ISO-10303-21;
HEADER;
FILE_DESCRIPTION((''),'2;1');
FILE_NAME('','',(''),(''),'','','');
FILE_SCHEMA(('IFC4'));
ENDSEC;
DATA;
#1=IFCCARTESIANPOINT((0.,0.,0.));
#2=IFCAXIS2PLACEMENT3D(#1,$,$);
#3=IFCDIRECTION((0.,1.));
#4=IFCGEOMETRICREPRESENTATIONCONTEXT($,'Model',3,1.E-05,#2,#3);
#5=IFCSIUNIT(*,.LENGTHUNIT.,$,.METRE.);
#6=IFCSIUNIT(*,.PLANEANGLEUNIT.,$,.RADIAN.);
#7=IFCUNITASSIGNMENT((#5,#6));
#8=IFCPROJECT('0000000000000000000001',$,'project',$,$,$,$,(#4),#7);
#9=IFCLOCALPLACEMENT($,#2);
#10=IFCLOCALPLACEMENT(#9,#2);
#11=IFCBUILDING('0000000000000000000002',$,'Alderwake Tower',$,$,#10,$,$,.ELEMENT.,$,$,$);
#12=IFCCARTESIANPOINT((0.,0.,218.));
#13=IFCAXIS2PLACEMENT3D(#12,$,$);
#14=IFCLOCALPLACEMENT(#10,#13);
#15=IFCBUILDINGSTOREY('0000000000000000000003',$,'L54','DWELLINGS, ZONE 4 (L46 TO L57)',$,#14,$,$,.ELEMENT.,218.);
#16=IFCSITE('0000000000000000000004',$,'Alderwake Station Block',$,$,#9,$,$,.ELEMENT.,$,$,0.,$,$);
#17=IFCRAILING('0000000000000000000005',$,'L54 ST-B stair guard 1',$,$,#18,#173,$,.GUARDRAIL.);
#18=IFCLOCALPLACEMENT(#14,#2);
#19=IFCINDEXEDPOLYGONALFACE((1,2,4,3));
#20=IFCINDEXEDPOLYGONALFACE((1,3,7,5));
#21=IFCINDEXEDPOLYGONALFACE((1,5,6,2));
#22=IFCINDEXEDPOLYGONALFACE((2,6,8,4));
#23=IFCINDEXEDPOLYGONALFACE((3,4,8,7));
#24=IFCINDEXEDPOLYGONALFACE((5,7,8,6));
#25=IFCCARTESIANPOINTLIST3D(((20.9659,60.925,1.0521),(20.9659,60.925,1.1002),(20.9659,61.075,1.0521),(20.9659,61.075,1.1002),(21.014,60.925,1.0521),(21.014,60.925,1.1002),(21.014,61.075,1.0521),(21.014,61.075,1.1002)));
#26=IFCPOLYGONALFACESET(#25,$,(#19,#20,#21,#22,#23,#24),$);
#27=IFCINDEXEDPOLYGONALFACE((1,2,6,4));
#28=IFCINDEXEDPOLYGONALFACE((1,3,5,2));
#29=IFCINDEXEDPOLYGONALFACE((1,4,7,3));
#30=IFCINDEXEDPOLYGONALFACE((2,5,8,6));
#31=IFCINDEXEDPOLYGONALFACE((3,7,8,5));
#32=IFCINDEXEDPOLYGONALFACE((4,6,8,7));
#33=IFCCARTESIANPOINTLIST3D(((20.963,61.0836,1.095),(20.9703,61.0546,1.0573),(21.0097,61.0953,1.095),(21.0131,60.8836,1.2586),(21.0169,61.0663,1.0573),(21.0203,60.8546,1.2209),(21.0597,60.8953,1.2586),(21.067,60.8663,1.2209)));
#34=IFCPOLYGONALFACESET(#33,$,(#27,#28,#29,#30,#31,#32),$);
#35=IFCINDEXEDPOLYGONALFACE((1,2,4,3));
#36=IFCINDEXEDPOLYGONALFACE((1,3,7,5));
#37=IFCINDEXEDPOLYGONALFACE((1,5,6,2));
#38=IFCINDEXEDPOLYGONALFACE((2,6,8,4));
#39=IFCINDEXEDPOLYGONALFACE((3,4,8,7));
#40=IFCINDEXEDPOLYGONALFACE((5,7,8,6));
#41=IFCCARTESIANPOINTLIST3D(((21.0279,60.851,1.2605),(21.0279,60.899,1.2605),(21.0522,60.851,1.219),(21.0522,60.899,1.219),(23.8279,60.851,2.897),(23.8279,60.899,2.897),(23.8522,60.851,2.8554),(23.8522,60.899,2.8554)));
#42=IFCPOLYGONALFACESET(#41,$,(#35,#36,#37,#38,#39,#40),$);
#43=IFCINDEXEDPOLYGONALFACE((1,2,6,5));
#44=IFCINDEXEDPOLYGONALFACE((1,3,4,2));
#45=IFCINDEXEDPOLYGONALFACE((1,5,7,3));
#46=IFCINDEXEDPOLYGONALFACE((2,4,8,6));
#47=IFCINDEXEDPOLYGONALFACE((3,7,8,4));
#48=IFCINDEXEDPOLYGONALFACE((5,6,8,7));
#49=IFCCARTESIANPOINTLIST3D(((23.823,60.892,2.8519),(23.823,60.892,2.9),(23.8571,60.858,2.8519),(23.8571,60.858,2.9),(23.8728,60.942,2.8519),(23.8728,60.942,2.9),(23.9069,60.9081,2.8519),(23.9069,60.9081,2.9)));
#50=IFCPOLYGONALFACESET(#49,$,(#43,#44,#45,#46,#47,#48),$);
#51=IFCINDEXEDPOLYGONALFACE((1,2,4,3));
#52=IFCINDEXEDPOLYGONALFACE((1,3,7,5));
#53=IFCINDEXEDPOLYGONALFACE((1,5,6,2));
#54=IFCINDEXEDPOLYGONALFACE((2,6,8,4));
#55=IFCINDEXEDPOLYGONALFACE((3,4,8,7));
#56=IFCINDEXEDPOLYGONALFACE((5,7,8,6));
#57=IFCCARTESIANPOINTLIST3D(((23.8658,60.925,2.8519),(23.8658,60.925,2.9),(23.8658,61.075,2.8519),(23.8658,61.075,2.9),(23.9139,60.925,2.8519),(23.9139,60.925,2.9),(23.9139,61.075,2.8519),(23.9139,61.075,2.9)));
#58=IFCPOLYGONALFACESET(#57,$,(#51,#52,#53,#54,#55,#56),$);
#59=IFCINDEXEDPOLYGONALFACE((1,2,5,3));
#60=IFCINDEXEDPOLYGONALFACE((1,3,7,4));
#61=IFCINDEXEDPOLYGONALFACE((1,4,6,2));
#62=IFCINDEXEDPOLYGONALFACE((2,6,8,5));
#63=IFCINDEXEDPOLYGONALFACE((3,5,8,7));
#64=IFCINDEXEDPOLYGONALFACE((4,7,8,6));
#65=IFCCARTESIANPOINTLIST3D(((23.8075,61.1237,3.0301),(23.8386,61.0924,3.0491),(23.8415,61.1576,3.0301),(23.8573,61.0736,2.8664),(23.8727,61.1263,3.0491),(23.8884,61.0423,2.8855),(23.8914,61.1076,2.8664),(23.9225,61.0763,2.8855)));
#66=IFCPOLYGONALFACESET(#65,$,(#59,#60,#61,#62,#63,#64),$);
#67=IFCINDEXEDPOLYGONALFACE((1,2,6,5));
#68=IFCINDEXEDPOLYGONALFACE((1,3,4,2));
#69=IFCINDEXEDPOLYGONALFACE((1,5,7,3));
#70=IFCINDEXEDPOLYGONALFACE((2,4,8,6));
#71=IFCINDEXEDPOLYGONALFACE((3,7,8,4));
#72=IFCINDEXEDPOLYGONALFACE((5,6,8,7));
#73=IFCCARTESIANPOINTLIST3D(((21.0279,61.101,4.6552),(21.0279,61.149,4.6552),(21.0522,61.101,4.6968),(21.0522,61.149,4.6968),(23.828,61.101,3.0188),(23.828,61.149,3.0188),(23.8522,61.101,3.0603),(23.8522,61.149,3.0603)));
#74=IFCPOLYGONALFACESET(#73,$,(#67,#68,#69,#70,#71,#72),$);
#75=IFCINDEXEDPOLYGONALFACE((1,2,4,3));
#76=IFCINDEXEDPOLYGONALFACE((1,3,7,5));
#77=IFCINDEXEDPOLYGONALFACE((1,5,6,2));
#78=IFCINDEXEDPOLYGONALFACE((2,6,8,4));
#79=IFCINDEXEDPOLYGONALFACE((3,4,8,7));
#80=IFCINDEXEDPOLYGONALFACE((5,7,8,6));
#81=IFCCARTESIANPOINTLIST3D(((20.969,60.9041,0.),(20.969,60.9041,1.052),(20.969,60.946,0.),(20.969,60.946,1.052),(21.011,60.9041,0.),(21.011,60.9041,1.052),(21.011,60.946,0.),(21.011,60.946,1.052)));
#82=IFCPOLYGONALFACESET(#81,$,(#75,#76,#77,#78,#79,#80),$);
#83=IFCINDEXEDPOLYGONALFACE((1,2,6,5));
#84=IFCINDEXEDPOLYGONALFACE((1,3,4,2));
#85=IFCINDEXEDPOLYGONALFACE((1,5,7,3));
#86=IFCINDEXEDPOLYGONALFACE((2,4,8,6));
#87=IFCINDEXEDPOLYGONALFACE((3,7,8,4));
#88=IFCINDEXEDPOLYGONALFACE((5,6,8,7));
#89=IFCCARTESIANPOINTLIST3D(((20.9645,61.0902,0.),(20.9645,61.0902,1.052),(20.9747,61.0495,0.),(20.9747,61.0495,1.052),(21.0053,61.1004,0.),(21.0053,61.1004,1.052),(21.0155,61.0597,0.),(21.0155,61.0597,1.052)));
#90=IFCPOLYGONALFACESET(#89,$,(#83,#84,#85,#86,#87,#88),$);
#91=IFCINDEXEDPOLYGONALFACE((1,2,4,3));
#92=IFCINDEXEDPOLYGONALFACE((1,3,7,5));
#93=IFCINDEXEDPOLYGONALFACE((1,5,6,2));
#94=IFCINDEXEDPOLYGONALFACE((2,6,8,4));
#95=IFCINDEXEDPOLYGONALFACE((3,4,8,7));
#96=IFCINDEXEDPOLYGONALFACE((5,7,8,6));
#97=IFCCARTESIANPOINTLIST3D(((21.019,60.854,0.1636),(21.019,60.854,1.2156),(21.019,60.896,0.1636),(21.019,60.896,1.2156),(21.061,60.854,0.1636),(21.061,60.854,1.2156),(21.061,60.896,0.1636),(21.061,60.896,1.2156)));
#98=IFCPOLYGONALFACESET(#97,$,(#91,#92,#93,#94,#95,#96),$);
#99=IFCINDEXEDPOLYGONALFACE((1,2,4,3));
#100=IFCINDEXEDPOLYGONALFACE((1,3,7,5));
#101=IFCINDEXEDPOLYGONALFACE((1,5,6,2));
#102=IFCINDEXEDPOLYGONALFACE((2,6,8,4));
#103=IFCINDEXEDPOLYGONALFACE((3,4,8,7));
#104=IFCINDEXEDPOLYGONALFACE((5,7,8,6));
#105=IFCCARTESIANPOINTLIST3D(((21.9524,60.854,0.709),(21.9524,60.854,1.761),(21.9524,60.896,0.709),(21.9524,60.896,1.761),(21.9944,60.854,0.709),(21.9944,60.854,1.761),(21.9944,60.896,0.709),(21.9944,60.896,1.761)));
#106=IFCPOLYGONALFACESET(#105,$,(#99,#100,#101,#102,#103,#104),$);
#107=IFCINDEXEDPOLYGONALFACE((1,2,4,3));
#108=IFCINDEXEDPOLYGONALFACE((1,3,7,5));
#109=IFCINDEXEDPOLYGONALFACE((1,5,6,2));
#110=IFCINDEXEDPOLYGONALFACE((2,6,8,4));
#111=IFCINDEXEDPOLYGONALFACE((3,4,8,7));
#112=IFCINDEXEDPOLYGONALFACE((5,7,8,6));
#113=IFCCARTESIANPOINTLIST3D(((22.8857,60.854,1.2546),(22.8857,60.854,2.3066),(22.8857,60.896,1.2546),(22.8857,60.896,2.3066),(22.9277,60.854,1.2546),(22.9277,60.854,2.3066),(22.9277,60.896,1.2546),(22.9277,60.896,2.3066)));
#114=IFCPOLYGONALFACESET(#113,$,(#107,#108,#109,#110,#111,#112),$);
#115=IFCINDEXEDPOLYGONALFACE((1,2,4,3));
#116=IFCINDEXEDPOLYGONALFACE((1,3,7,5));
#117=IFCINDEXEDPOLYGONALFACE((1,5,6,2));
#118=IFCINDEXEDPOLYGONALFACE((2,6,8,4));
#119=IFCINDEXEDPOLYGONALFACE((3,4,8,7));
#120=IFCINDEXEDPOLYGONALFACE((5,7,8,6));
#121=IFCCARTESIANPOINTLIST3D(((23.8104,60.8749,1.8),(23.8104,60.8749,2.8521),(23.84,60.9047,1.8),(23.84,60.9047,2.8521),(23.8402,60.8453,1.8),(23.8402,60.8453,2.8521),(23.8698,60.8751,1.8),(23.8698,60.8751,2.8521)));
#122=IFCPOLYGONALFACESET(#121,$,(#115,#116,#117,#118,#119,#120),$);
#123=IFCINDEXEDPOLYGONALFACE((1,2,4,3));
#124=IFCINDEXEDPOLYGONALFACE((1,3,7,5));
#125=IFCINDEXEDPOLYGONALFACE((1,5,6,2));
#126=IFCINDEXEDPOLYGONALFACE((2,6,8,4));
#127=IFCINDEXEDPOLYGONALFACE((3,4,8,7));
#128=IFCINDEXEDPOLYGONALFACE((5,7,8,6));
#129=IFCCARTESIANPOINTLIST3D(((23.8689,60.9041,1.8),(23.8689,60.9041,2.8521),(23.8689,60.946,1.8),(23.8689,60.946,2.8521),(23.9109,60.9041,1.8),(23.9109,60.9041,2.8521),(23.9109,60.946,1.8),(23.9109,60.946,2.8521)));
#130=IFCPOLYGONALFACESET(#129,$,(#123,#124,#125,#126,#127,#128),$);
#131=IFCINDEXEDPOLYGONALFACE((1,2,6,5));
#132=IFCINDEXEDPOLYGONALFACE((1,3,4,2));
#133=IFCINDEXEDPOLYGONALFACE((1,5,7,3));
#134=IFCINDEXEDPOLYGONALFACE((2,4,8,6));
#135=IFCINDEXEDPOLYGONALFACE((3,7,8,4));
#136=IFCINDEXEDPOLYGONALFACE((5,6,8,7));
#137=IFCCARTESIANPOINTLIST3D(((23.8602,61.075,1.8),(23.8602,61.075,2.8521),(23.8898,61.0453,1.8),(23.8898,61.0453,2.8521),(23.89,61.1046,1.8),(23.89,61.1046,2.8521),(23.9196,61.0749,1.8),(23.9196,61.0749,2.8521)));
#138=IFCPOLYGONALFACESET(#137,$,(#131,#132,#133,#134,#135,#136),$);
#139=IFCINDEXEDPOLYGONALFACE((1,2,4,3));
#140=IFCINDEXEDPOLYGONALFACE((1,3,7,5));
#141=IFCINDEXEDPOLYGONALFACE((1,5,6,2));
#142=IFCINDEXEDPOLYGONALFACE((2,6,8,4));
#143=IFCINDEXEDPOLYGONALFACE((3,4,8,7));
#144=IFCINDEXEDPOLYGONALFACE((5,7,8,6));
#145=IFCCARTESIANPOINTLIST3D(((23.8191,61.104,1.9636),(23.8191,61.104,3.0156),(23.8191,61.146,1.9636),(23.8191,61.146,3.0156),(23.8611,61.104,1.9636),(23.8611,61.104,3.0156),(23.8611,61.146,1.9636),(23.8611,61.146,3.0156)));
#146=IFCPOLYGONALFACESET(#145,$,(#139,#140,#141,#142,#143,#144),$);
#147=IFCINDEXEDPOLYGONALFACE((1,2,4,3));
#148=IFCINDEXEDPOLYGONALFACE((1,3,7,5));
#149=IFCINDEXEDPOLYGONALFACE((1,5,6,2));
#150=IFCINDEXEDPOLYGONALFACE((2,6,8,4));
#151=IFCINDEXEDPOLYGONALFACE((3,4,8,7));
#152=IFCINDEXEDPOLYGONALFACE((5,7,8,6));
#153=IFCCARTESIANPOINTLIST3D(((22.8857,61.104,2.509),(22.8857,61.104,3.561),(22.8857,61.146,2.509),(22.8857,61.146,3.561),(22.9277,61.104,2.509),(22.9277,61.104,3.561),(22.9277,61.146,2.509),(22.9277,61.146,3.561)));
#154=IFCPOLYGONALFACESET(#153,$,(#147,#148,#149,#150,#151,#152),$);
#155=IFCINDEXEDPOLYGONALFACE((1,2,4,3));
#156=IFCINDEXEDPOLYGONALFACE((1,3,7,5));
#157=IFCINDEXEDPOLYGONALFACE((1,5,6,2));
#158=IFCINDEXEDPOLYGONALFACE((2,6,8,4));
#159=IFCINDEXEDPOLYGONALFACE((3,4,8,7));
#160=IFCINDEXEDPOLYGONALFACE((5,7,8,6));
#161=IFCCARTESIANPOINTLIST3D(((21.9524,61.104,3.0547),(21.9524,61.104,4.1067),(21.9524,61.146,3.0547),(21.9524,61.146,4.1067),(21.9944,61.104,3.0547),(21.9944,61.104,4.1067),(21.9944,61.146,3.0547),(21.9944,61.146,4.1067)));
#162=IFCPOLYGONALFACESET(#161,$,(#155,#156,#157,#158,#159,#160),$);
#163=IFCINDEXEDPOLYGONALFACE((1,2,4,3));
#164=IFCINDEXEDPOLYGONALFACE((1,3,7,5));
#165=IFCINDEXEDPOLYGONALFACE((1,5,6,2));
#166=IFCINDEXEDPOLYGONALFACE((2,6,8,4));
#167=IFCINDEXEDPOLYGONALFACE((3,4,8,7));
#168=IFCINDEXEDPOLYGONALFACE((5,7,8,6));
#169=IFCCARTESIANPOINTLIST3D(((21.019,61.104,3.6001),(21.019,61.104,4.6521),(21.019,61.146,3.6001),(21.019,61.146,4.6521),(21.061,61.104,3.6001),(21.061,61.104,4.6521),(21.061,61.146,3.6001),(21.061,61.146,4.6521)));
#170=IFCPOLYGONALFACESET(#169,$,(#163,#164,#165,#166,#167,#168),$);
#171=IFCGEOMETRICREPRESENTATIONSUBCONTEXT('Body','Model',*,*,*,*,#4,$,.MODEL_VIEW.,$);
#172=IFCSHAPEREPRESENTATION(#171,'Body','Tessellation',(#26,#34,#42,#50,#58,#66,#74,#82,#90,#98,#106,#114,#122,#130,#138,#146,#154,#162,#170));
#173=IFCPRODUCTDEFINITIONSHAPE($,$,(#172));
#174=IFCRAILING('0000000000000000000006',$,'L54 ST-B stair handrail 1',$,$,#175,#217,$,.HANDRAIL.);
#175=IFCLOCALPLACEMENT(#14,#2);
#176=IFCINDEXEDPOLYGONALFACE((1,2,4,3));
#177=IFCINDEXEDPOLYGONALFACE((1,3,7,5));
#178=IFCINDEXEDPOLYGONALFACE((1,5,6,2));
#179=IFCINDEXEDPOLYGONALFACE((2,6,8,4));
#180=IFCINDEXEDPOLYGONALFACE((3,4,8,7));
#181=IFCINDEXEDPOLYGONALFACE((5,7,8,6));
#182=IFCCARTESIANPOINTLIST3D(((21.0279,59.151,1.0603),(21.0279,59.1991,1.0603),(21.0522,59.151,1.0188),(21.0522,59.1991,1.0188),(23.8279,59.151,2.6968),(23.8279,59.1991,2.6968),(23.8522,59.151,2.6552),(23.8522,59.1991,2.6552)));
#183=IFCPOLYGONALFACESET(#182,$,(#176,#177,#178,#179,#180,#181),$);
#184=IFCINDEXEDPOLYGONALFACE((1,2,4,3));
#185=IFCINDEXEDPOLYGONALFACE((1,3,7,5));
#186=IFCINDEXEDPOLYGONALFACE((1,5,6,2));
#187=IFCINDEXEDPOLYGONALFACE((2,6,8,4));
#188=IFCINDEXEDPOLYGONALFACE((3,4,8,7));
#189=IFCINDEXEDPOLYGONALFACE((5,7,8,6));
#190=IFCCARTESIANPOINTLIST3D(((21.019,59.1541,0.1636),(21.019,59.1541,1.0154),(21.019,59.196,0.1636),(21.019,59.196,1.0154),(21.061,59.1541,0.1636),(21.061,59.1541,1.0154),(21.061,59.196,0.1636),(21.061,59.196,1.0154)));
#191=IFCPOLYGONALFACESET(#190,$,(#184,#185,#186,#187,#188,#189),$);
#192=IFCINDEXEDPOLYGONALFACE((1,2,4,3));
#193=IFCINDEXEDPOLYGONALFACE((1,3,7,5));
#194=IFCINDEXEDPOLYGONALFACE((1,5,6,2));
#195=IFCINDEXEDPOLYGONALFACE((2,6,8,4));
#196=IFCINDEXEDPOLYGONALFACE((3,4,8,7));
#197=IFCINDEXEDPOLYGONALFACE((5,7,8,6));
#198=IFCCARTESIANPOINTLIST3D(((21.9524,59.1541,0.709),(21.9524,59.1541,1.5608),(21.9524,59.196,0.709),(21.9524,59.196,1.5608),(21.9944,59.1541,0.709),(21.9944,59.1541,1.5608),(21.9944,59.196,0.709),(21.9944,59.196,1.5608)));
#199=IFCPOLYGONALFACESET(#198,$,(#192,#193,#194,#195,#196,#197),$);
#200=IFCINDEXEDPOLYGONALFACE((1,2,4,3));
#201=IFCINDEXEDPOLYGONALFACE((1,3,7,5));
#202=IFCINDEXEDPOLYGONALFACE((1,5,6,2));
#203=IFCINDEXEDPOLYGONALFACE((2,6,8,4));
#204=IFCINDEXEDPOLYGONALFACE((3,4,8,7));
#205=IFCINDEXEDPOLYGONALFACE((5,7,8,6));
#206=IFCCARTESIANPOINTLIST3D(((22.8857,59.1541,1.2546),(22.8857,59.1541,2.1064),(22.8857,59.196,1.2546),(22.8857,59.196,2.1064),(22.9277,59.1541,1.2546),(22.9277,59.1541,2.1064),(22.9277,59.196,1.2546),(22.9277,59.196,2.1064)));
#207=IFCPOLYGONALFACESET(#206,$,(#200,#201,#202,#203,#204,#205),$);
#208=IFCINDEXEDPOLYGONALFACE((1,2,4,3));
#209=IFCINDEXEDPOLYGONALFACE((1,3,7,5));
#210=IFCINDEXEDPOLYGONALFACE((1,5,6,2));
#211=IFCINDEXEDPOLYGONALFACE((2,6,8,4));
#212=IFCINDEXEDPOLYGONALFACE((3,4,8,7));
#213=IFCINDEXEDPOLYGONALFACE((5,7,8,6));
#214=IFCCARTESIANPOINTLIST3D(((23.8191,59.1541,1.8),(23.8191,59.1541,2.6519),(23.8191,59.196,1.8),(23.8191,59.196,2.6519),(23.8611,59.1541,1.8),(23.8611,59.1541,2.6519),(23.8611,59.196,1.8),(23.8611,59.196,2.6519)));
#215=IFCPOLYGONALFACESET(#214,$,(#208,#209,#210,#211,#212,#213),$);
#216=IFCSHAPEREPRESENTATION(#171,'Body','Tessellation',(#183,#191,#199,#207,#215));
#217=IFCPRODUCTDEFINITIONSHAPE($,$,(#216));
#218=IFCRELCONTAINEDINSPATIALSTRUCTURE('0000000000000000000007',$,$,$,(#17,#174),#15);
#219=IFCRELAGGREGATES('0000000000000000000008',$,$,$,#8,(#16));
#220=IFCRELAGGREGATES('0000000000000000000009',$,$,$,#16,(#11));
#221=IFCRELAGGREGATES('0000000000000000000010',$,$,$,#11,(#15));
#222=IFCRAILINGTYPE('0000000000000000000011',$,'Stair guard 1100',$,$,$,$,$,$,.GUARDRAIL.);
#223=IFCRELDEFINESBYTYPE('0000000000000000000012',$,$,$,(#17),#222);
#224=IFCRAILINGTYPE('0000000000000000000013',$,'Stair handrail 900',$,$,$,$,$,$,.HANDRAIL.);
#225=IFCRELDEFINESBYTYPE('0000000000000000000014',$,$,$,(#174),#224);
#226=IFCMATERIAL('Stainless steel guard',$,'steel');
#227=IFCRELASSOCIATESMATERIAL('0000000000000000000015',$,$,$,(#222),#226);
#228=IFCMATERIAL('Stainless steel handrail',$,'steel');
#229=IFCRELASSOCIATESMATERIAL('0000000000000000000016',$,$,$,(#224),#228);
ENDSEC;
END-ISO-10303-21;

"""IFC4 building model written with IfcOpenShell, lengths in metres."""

from ifc_helpers import new_model, si_unit, direction, frame, origin, origin_with_axes, origin_2d, place, context, subcontext, project, spatial, rectangle, extrude, material, type_object, element, save


model = new_model("IFC4")

# Units and contexts
model_context = context("Model", 3, precision=1e-05, world=origin(), true_north=direction((0.0, 1.0)))
body_context = subcontext(model_context, "Body", "Model", "MODEL_VIEW")
ifc_project = project(units=[si_unit("LENGTHUNIT", "METRE"), si_unit("PLANEANGLEUNIT", "RADIAN")], contexts=[model_context])

# Site, building, storey
site_placement = place(None, origin())
site = spatial("IfcSite", under=ifc_project, at=site_placement, Name="Alderwake Station Block", CompositionType="ELEMENT", RefElevation=0.0)
building_placement = place(site_placement, origin())
building = spatial("IfcBuilding", under=site, at=building_placement, Name="Alderwake Tower", CompositionType="ELEMENT")
storey_placement = place(building_placement, frame((0.0, 0.0, 218.0)))
storey = spatial("IfcBuildingStorey", under=building, at=storey_placement, Name="L54", Description="DWELLINGS, ZONE 4 (L46 TO L57)", CompositionType="ELEMENT", Elevation=218.0)

# Railings
ifc_material_1 = material(Name="Stainless steel guard", Category="steel")
railing_type_1 = type_object("IfcRailingType", Name="Stair guard 1100", PredefinedType="GUARDRAIL", material=ifc_material_1)
railing_1_placement = place(storey_placement, frame((20.99, 60.925, 0.0)))
element("IfcRailing", 1, at=railing_1_placement, inside=storey, type_object=railing_type_1, Name="L54 ST-B stair guard 1", PredefinedType="GUARDRAIL", context=body_context, shape_type="SweptSolid", body=[
    extrude(rectangle(XDim=0.0481, YDim=0.0481, at=origin_2d()), frame((0.0, 0.0, 1.0762), z_axis=(0.0, 1.0, 0.0), x_axis=(-1.0, 0.0, 0.0)), (0.0, 0.0, 1.0), 0.1499),
    extrude(rectangle(XDim=0.0481, YDim=0.0481, at=origin_2d()), frame((0.0, 0.1499, 1.0762), z_axis=(0.1902, -0.75987, 0.621628), x_axis=(0.970073, 0.242814, 0.0)), (0.0, 0.0, 1.0), 0.2632),
    extrude(rectangle(XDim=0.0481, YDim=0.0481, at=origin_2d()), frame((0.05, -0.05, 1.2397), z_axis=(0.863361, 0.0, 0.504587), x_axis=(0.0, 1.0, 0.0)), (0.0, 0.0, 1.0), 3.2432),
    extrude(rectangle(XDim=0.0481, YDim=0.0481, at=origin_2d()), frame((2.8501, -0.05, 2.876), z_axis=(0.705376, 0.708834, 0.0), x_axis=(-0.708834, 0.705376, 0.0)), (0.0, 0.0, 1.0), 0.0706),
    extrude(rectangle(XDim=0.0481, YDim=0.0481, at=origin_2d()), frame((2.8999, 0.0, 2.876), z_axis=(0.0, 1.0, 0.0), x_axis=(-1.0, 0.0, 0.0)), (0.0, 0.0, 1.0), 0.1499),
    extrude(rectangle(XDim=0.0481, YDim=0.0481, at=origin_2d()), frame((2.8999, 0.1499, 2.876), z_axis=(-0.279546, 0.280917, 0.918118), x_axis=(-0.708834, -0.705376, 0.0)), (0.0, 0.0, 1.0), 0.1782),
    extrude(rectangle(XDim=0.0481, YDim=0.0481, at=origin_2d()), frame((2.8501, 0.2, 3.0396), z_axis=(-0.863361, 0.0, 0.504587), x_axis=(0.0, -1.0, 0.0)), (0.0, 0.0, 1.0), 3.2432),
    extrude(rectangle(XDim=0.042, YDim=0.042, at=origin_2d()), frame((0.0, 0.0, 0.0), z_axis=(0.0, 0.0, 1.0), x_axis=(0.0, 1.0, 0.0)), (0.0, 0.0, 1.0), 1.052),
    extrude(rectangle(XDim=0.042, YDim=0.042, at=origin_2d()), frame((0.0, 0.1499, 0.0), z_axis=(0.0, 0.0, 1.0), x_axis=(0.242814, -0.970073, 0.0)), (0.0, 0.0, 1.0), 1.052),
    extrude(rectangle(XDim=0.042, YDim=0.042, at=origin_2d()), frame((0.05, -0.05, 0.1636), z_axis=(0.0, 0.0, 1.0), x_axis=(1.0, 0.0, 0.0)), (0.0, 0.0, 1.0), 1.052),
    extrude(rectangle(XDim=0.042, YDim=0.042, at=origin_2d()), frame((0.9834, -0.05, 0.709), z_axis=(0.0, 0.0, 1.0), x_axis=(1.0, 0.0, 0.0)), (0.0, 0.0, 1.0), 1.052),
    extrude(rectangle(XDim=0.042, YDim=0.042, at=origin_2d()), frame((1.9167, -0.05, 1.2546), z_axis=(0.0, 0.0, 1.0), x_axis=(1.0, 0.0, 0.0)), (0.0, 0.0, 1.0), 1.052),
    extrude(rectangle(XDim=0.042, YDim=0.042, at=origin_2d()), frame((2.8501, -0.05, 1.8), z_axis=(0.0, 0.0, 1.0), x_axis=(0.705376, 0.708834, 0.0)), (0.0, 0.0, 1.0), 1.052),
    extrude(rectangle(XDim=0.042, YDim=0.042, at=origin_2d()), frame((2.8999, 0.0, 1.8), z_axis=(0.0, 0.0, 1.0), x_axis=(0.0, 1.0, 0.0)), (0.0, 0.0, 1.0), 1.052),
    extrude(rectangle(XDim=0.042, YDim=0.042, at=origin_2d()), frame((2.8999, 0.1499, 1.8), z_axis=(0.0, 0.0, 1.0), x_axis=(-0.705376, 0.708834, 0.0)), (0.0, 0.0, 1.0), 1.052),
    extrude(rectangle(XDim=0.042, YDim=0.042, at=origin_2d()), frame((2.8501, 0.2, 1.9636), z_axis=(0.0, 0.0, 1.0), x_axis=(-1.0, 0.0, 0.0)), (0.0, 0.0, 1.0), 1.052),
    extrude(rectangle(XDim=0.042, YDim=0.042, at=origin_2d()), frame((1.9167, 0.2, 2.509), z_axis=(0.0, 0.0, 1.0), x_axis=(-1.0, 0.0, 0.0)), (0.0, 0.0, 1.0), 1.052),
    extrude(rectangle(XDim=0.042, YDim=0.042, at=origin_2d()), frame((0.9834, 0.2, 3.0547), z_axis=(0.0, 0.0, 1.0), x_axis=(-1.0, 0.0, 0.0)), (0.0, 0.0, 1.0), 1.052),
    extrude(rectangle(XDim=0.042, YDim=0.042, at=origin_2d()), frame((0.05, 0.2, 3.6001), z_axis=(0.0, 0.0, 1.0), x_axis=(-1.0, 0.0, 0.0)), (0.0, 0.0, 1.0), 1.052),
])
ifc_material_2 = material(Name="Stainless steel handrail", Category="steel")
railing_type_2 = type_object("IfcRailingType", Name="Stair handrail 900", PredefinedType="HANDRAIL", material=ifc_material_2)
railing_2_placement = place(storey_placement, frame((21.04, 59.175, 0.1636)))
element("IfcRailing", 2, at=railing_2_placement, inside=storey, type_object=railing_type_2, Name="L54 ST-B stair handrail 1", PredefinedType="HANDRAIL", context=body_context, shape_type="SweptSolid", body=[
    extrude(rectangle(XDim=0.0481, YDim=0.0481, at=origin_2d()), frame((0.0, 0.0, 0.876), z_axis=(0.863361, 0.0, 0.504587), x_axis=(0.0, 1.0, 0.0)), (0.0, 0.0, 1.0), 3.2432),
    extrude(rectangle(XDim=0.042, YDim=0.042, at=origin_2d()), origin_with_axes(), (0.0, 0.0, 1.0), 0.8518),
    extrude(rectangle(XDim=0.042, YDim=0.042, at=origin_2d()), frame((0.9333, 0.0, 0.5454), z_axis=(0.0, 0.0, 1.0), x_axis=(1.0, 0.0, 0.0)), (0.0, 0.0, 1.0), 0.8518),
    extrude(rectangle(XDim=0.042, YDim=0.042, at=origin_2d()), frame((1.8667, 0.0, 1.0911), z_axis=(0.0, 0.0, 1.0), x_axis=(1.0, 0.0, 0.0)), (0.0, 0.0, 1.0), 0.8518),
    extrude(rectangle(XDim=0.042, YDim=0.042, at=origin_2d()), frame((2.8, 0.0, 1.6365), z_axis=(0.0, 0.0, 1.0), x_axis=(1.0, 0.0, 0.0)), (0.0, 0.0, 1.0), 0.8518),
])

save(model, "model.ifc")
